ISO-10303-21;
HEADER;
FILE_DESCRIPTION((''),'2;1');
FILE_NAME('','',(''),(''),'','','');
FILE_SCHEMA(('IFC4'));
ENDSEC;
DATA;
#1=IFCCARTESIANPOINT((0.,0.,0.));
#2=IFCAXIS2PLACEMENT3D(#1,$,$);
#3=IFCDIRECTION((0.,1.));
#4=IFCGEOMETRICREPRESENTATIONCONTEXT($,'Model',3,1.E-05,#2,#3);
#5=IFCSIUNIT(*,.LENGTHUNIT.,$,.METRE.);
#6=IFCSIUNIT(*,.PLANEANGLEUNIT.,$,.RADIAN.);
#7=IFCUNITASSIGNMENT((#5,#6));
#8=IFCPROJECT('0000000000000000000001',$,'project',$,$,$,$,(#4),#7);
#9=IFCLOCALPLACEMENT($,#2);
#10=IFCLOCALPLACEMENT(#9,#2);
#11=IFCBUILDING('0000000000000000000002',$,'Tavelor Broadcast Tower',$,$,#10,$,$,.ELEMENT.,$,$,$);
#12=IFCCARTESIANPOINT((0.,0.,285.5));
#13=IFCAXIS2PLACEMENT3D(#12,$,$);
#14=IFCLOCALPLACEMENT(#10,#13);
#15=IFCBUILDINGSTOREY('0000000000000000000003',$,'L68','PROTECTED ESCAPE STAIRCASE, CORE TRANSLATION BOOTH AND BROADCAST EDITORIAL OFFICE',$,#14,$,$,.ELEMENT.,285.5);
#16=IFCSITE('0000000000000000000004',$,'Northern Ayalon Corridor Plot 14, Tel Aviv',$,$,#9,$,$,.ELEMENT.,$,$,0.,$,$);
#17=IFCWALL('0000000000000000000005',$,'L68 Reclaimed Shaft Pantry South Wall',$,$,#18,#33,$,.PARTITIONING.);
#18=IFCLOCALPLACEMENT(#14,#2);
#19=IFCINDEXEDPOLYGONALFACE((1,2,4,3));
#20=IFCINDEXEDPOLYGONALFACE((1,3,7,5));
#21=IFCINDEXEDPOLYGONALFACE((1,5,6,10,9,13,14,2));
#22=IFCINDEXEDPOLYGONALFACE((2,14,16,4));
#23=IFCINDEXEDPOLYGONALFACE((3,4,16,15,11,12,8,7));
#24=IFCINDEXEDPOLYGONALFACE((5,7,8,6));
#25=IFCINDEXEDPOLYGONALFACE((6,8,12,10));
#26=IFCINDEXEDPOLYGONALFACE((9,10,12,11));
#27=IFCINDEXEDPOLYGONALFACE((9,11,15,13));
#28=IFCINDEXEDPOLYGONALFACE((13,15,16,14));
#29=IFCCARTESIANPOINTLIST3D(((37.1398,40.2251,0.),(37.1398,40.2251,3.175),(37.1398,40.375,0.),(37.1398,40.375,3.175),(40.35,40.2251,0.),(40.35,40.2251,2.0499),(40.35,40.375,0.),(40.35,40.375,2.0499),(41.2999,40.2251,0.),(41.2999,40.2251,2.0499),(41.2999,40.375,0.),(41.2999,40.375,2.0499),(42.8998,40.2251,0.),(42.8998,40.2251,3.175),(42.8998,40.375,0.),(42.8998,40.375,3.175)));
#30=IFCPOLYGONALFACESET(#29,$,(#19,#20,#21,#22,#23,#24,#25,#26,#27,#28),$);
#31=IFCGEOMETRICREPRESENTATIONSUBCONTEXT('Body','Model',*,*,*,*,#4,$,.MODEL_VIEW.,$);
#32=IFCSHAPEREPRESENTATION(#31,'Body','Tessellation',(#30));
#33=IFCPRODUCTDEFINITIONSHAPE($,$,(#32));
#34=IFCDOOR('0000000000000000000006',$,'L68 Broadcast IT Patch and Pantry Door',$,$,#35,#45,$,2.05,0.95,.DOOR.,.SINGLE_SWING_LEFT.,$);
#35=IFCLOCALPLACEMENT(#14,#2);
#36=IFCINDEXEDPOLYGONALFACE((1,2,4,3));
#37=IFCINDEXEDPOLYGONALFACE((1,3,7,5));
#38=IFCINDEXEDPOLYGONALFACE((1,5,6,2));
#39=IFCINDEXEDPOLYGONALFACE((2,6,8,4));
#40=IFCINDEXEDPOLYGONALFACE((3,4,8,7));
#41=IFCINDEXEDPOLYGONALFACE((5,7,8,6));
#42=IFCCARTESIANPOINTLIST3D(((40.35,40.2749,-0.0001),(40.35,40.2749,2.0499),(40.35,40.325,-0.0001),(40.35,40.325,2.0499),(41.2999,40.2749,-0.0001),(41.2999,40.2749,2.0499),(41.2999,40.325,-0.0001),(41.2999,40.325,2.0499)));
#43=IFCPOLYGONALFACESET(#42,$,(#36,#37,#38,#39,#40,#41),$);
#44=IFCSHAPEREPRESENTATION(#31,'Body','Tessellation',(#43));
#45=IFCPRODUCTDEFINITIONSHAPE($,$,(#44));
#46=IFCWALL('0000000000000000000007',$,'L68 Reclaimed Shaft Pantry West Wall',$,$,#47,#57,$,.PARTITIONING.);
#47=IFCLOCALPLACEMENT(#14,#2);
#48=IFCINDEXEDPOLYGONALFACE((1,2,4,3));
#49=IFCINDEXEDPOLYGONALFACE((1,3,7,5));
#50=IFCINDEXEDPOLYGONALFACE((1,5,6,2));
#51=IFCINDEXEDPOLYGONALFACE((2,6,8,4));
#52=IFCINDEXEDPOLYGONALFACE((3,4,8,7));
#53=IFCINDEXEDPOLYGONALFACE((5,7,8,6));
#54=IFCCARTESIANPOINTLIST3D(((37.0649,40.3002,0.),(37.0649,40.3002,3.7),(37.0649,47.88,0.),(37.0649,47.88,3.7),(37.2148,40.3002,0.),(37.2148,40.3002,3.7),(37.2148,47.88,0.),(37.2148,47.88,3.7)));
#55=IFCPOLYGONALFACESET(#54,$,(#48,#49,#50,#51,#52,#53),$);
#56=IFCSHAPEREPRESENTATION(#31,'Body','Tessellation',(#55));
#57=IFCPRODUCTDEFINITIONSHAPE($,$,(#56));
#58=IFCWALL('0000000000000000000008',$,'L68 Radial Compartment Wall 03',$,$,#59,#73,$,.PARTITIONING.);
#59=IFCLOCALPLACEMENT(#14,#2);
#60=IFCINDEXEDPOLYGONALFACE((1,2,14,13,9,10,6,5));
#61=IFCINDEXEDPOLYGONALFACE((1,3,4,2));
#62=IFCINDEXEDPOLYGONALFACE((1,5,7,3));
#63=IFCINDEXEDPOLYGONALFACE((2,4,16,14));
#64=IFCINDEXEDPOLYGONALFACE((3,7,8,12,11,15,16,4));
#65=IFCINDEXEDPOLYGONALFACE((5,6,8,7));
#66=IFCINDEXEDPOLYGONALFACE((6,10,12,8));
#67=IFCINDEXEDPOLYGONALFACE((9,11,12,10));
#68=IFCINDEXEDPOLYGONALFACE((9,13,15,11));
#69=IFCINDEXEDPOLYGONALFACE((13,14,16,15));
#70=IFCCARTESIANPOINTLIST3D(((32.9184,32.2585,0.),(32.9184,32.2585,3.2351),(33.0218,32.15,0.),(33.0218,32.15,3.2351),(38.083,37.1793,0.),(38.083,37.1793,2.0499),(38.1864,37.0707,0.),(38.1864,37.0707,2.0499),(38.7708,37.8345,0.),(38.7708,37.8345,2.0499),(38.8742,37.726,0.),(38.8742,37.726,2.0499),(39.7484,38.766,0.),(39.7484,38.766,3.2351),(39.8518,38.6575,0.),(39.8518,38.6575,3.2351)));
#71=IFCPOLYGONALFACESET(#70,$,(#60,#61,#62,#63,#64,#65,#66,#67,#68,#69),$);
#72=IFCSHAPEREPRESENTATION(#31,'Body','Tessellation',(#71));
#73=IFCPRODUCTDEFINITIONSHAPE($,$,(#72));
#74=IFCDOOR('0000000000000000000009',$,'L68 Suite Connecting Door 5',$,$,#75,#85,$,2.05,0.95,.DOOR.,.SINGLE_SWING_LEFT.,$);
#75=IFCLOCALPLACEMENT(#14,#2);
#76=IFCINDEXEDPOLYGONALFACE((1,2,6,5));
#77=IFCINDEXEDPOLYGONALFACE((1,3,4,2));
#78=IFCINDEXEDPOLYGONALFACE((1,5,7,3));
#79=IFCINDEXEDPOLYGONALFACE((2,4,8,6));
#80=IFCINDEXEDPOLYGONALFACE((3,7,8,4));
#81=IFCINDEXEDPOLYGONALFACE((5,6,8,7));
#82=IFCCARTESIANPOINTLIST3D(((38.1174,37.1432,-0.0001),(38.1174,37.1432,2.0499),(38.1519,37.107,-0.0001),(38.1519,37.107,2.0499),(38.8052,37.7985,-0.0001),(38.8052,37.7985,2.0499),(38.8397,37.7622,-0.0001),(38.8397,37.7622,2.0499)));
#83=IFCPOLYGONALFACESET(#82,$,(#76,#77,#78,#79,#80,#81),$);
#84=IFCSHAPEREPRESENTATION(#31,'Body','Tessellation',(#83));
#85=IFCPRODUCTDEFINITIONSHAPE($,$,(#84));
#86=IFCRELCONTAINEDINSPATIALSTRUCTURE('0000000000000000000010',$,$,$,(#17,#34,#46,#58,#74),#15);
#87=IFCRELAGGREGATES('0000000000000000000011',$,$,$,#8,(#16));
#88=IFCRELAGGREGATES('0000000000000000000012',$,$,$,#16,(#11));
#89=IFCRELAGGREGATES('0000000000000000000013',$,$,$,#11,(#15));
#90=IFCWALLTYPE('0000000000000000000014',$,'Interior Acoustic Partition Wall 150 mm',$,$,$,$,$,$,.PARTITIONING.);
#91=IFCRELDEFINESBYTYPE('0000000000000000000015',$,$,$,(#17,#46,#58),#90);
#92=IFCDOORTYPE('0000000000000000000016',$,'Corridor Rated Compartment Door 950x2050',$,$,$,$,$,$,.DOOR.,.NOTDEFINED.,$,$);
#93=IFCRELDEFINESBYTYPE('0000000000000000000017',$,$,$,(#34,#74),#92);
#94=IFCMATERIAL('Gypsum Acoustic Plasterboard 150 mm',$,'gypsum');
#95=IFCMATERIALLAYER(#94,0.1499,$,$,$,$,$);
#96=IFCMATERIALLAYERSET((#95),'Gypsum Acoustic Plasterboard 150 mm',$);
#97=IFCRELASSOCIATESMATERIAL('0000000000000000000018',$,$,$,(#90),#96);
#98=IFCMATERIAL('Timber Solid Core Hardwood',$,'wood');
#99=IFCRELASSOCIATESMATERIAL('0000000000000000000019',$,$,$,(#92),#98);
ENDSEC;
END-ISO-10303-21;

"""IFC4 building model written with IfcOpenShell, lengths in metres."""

from ifc_helpers import new_model, si_unit, direction, frame, frame_2d, origin, place, context, subcontext, project, spatial, rectangle, extrude, material, layer, layer_set, type_object, element, fill, save


model = new_model("IFC4")

# Units and contexts
model_context = context("Model", 3, precision=1e-05, world=origin(), true_north=direction((0.0, 1.0)))
body_context = subcontext(model_context, "Body", "Model", "MODEL_VIEW")
ifc_project = project(units=[si_unit("LENGTHUNIT", "METRE"), si_unit("PLANEANGLEUNIT", "RADIAN")], contexts=[model_context])

# Site, building, storey
site_placement = place(None, origin())
site = spatial("IfcSite", under=ifc_project, at=site_placement, Name="Northern Ayalon Corridor Plot 14, Tel Aviv", CompositionType="ELEMENT", RefElevation=0.0)
building_placement = place(site_placement, origin())
building = spatial("IfcBuilding", under=site, at=building_placement, Name="Tavelor Broadcast Tower", CompositionType="ELEMENT")
storey_placement = place(building_placement, frame((0.0, 0.0, 285.5)))
storey = spatial("IfcBuildingStorey", under=building, at=storey_placement, Name="L68", Description="PROTECTED ESCAPE STAIRCASE, CORE TRANSLATION BOOTH AND BROADCAST EDITORIAL OFFICE", CompositionType="ELEMENT", Elevation=285.5)

# Wall, opening, door
ifc_material_1 = material(Name="Gypsum Acoustic Plasterboard 150 mm", Category="gypsum")
ifc_layer_1 = layer(ifc_material_1, 0.1499)
ifc_layer_set_1 = layer_set([ifc_layer_1], Name="Gypsum Acoustic Plasterboard 150 mm")
wall_type_1 = type_object("IfcWallType", Name="Interior Acoustic Partition Wall 150 mm", PredefinedType="PARTITIONING", material=ifc_layer_set_1)
wall_1_placement = place(storey_placement, frame((37.1399, 40.3, 0.0), z_axis=(0.0, 0.0, 1.0), x_axis=(1.0, 0.0, 0.0)))
wall_1 = element("IfcWall", 1, at=wall_1_placement, inside=storey, type_object=wall_type_1, Name="L68 Reclaimed Shaft Pantry South Wall", PredefinedType="PARTITIONING", context=body_context, shape_type="SweptSolid", body=[
    extrude(rectangle(XDim=5.76, YDim=0.1499, at=frame_2d((2.8799, 0.0))), origin(), (0.0, 0.0, 1.0), 3.175),
])
opening_1_placement = place(wall_1_placement, frame((3.21, 0.0, 0.0)))
opening_1 = element("IfcOpeningElement", 2, at=opening_1_placement, cuts=wall_1, PredefinedType="OPENING", context=body_context, shape_type="SweptSolid", body=[
    extrude(rectangle(XDim=0.95, YDim=2.05, at=frame_2d((0.4751, 1.0249))), frame((0.0, 0.085, 0.0), z_axis=(0.0, -1.0, 0.0), x_axis=(1.0, 0.0, 0.0)), (0.0, 0.0, 1.0), 0.1699),
])
ifc_material_2 = material(Name="Timber Solid Core Hardwood", Category="wood")
door_type_1 = type_object("IfcDoorType", Name="Corridor Rated Compartment Door 950x2050", OperationType="NOTDEFINED", PredefinedType="DOOR", material=ifc_material_2)
door_1_placement = place(opening_1_placement, origin())
door_1 = element("IfcDoor", 3, at=door_1_placement, inside=storey, type_object=door_type_1, Name="L68 Broadcast IT Patch and Pantry Door", OperationType="SINGLE_SWING_LEFT", OverallHeight=2.05, OverallWidth=0.95, PredefinedType="DOOR", context=body_context, shape_type="SweptSolid", body=[
    extrude(rectangle(XDim=0.95, YDim=2.05, at=frame_2d((0.4751, 1.0249))), frame((0.0, 0.0249, 0.0), z_axis=(0.0, -1.0, 0.0), x_axis=(1.0, 0.0, 0.0)), (0.0, 0.0, 1.0), 0.05),
])
fill(opening_1, door_1)

# Wall
wall_2_placement = place(storey_placement, frame((37.1399, 40.3, 0.0), z_axis=(0.0, 0.0, 1.0), x_axis=(0.0, 1.0, 0.0)))
element("IfcWall", 4, at=wall_2_placement, inside=storey, type_object=wall_type_1, Name="L68 Reclaimed Shaft Pantry West Wall", PredefinedType="PARTITIONING", context=body_context, shape_type="SweptSolid", body=[
    extrude(rectangle(XDim=7.5798, YDim=0.1499, at=frame_2d((3.79, 0.0))), origin(), (0.0, 0.0, 1.0), 3.7),
])

# Wall, opening, door
wall_3_placement = place(storey_placement, frame((39.8, 38.7117, 0.0), z_axis=(0.0, 0.0, 1.0), x_axis=(-0.723993, -0.689807, 0.0)))
wall_3 = element("IfcWall", 5, at=wall_3_placement, inside=storey, type_object=wall_type_1, Name="L68 Radial Compartment Wall 03", PredefinedType="PARTITIONING", context=body_context, shape_type="SweptSolid", body=[
    extrude(rectangle(XDim=9.4338, YDim=0.1499, at=frame_2d((4.7168, 0.0))), origin(), (0.0, 0.0, 1.0), 3.2351),
])
opening_2_placement = place(wall_3_placement, frame((1.3501, 0.0, 0.0)))
opening_2 = element("IfcOpeningElement", 6, at=opening_2_placement, cuts=wall_3, PredefinedType="OPENING", context=body_context, shape_type="SweptSolid", body=[
    extrude(rectangle(XDim=0.95, YDim=2.05, at=frame_2d((0.4751, 1.0249))), frame((0.0, 0.085, 0.0), z_axis=(0.0, -1.0, 0.0), x_axis=(1.0, 0.0, 0.0)), (0.0, 0.0, 1.0), 0.1699),
])
door_2_placement = place(opening_2_placement, origin())
door_2 = element("IfcDoor", 7, at=door_2_placement, inside=storey, type_object=door_type_1, Name="L68 Suite Connecting Door 5", OperationType="SINGLE_SWING_LEFT", OverallHeight=2.05, OverallWidth=0.95, PredefinedType="DOOR", context=body_context, shape_type="SweptSolid", body=[
    extrude(rectangle(XDim=0.95, YDim=2.05, at=frame_2d((0.4751, 1.0249))), frame((0.0, 0.0249, 0.0), z_axis=(0.0, -1.0, 0.0), x_axis=(1.0, 0.0, 0.0)), (0.0, 0.0, 1.0), 0.05),
])
fill(opening_2, door_2)

save(model, "model.ifc")
